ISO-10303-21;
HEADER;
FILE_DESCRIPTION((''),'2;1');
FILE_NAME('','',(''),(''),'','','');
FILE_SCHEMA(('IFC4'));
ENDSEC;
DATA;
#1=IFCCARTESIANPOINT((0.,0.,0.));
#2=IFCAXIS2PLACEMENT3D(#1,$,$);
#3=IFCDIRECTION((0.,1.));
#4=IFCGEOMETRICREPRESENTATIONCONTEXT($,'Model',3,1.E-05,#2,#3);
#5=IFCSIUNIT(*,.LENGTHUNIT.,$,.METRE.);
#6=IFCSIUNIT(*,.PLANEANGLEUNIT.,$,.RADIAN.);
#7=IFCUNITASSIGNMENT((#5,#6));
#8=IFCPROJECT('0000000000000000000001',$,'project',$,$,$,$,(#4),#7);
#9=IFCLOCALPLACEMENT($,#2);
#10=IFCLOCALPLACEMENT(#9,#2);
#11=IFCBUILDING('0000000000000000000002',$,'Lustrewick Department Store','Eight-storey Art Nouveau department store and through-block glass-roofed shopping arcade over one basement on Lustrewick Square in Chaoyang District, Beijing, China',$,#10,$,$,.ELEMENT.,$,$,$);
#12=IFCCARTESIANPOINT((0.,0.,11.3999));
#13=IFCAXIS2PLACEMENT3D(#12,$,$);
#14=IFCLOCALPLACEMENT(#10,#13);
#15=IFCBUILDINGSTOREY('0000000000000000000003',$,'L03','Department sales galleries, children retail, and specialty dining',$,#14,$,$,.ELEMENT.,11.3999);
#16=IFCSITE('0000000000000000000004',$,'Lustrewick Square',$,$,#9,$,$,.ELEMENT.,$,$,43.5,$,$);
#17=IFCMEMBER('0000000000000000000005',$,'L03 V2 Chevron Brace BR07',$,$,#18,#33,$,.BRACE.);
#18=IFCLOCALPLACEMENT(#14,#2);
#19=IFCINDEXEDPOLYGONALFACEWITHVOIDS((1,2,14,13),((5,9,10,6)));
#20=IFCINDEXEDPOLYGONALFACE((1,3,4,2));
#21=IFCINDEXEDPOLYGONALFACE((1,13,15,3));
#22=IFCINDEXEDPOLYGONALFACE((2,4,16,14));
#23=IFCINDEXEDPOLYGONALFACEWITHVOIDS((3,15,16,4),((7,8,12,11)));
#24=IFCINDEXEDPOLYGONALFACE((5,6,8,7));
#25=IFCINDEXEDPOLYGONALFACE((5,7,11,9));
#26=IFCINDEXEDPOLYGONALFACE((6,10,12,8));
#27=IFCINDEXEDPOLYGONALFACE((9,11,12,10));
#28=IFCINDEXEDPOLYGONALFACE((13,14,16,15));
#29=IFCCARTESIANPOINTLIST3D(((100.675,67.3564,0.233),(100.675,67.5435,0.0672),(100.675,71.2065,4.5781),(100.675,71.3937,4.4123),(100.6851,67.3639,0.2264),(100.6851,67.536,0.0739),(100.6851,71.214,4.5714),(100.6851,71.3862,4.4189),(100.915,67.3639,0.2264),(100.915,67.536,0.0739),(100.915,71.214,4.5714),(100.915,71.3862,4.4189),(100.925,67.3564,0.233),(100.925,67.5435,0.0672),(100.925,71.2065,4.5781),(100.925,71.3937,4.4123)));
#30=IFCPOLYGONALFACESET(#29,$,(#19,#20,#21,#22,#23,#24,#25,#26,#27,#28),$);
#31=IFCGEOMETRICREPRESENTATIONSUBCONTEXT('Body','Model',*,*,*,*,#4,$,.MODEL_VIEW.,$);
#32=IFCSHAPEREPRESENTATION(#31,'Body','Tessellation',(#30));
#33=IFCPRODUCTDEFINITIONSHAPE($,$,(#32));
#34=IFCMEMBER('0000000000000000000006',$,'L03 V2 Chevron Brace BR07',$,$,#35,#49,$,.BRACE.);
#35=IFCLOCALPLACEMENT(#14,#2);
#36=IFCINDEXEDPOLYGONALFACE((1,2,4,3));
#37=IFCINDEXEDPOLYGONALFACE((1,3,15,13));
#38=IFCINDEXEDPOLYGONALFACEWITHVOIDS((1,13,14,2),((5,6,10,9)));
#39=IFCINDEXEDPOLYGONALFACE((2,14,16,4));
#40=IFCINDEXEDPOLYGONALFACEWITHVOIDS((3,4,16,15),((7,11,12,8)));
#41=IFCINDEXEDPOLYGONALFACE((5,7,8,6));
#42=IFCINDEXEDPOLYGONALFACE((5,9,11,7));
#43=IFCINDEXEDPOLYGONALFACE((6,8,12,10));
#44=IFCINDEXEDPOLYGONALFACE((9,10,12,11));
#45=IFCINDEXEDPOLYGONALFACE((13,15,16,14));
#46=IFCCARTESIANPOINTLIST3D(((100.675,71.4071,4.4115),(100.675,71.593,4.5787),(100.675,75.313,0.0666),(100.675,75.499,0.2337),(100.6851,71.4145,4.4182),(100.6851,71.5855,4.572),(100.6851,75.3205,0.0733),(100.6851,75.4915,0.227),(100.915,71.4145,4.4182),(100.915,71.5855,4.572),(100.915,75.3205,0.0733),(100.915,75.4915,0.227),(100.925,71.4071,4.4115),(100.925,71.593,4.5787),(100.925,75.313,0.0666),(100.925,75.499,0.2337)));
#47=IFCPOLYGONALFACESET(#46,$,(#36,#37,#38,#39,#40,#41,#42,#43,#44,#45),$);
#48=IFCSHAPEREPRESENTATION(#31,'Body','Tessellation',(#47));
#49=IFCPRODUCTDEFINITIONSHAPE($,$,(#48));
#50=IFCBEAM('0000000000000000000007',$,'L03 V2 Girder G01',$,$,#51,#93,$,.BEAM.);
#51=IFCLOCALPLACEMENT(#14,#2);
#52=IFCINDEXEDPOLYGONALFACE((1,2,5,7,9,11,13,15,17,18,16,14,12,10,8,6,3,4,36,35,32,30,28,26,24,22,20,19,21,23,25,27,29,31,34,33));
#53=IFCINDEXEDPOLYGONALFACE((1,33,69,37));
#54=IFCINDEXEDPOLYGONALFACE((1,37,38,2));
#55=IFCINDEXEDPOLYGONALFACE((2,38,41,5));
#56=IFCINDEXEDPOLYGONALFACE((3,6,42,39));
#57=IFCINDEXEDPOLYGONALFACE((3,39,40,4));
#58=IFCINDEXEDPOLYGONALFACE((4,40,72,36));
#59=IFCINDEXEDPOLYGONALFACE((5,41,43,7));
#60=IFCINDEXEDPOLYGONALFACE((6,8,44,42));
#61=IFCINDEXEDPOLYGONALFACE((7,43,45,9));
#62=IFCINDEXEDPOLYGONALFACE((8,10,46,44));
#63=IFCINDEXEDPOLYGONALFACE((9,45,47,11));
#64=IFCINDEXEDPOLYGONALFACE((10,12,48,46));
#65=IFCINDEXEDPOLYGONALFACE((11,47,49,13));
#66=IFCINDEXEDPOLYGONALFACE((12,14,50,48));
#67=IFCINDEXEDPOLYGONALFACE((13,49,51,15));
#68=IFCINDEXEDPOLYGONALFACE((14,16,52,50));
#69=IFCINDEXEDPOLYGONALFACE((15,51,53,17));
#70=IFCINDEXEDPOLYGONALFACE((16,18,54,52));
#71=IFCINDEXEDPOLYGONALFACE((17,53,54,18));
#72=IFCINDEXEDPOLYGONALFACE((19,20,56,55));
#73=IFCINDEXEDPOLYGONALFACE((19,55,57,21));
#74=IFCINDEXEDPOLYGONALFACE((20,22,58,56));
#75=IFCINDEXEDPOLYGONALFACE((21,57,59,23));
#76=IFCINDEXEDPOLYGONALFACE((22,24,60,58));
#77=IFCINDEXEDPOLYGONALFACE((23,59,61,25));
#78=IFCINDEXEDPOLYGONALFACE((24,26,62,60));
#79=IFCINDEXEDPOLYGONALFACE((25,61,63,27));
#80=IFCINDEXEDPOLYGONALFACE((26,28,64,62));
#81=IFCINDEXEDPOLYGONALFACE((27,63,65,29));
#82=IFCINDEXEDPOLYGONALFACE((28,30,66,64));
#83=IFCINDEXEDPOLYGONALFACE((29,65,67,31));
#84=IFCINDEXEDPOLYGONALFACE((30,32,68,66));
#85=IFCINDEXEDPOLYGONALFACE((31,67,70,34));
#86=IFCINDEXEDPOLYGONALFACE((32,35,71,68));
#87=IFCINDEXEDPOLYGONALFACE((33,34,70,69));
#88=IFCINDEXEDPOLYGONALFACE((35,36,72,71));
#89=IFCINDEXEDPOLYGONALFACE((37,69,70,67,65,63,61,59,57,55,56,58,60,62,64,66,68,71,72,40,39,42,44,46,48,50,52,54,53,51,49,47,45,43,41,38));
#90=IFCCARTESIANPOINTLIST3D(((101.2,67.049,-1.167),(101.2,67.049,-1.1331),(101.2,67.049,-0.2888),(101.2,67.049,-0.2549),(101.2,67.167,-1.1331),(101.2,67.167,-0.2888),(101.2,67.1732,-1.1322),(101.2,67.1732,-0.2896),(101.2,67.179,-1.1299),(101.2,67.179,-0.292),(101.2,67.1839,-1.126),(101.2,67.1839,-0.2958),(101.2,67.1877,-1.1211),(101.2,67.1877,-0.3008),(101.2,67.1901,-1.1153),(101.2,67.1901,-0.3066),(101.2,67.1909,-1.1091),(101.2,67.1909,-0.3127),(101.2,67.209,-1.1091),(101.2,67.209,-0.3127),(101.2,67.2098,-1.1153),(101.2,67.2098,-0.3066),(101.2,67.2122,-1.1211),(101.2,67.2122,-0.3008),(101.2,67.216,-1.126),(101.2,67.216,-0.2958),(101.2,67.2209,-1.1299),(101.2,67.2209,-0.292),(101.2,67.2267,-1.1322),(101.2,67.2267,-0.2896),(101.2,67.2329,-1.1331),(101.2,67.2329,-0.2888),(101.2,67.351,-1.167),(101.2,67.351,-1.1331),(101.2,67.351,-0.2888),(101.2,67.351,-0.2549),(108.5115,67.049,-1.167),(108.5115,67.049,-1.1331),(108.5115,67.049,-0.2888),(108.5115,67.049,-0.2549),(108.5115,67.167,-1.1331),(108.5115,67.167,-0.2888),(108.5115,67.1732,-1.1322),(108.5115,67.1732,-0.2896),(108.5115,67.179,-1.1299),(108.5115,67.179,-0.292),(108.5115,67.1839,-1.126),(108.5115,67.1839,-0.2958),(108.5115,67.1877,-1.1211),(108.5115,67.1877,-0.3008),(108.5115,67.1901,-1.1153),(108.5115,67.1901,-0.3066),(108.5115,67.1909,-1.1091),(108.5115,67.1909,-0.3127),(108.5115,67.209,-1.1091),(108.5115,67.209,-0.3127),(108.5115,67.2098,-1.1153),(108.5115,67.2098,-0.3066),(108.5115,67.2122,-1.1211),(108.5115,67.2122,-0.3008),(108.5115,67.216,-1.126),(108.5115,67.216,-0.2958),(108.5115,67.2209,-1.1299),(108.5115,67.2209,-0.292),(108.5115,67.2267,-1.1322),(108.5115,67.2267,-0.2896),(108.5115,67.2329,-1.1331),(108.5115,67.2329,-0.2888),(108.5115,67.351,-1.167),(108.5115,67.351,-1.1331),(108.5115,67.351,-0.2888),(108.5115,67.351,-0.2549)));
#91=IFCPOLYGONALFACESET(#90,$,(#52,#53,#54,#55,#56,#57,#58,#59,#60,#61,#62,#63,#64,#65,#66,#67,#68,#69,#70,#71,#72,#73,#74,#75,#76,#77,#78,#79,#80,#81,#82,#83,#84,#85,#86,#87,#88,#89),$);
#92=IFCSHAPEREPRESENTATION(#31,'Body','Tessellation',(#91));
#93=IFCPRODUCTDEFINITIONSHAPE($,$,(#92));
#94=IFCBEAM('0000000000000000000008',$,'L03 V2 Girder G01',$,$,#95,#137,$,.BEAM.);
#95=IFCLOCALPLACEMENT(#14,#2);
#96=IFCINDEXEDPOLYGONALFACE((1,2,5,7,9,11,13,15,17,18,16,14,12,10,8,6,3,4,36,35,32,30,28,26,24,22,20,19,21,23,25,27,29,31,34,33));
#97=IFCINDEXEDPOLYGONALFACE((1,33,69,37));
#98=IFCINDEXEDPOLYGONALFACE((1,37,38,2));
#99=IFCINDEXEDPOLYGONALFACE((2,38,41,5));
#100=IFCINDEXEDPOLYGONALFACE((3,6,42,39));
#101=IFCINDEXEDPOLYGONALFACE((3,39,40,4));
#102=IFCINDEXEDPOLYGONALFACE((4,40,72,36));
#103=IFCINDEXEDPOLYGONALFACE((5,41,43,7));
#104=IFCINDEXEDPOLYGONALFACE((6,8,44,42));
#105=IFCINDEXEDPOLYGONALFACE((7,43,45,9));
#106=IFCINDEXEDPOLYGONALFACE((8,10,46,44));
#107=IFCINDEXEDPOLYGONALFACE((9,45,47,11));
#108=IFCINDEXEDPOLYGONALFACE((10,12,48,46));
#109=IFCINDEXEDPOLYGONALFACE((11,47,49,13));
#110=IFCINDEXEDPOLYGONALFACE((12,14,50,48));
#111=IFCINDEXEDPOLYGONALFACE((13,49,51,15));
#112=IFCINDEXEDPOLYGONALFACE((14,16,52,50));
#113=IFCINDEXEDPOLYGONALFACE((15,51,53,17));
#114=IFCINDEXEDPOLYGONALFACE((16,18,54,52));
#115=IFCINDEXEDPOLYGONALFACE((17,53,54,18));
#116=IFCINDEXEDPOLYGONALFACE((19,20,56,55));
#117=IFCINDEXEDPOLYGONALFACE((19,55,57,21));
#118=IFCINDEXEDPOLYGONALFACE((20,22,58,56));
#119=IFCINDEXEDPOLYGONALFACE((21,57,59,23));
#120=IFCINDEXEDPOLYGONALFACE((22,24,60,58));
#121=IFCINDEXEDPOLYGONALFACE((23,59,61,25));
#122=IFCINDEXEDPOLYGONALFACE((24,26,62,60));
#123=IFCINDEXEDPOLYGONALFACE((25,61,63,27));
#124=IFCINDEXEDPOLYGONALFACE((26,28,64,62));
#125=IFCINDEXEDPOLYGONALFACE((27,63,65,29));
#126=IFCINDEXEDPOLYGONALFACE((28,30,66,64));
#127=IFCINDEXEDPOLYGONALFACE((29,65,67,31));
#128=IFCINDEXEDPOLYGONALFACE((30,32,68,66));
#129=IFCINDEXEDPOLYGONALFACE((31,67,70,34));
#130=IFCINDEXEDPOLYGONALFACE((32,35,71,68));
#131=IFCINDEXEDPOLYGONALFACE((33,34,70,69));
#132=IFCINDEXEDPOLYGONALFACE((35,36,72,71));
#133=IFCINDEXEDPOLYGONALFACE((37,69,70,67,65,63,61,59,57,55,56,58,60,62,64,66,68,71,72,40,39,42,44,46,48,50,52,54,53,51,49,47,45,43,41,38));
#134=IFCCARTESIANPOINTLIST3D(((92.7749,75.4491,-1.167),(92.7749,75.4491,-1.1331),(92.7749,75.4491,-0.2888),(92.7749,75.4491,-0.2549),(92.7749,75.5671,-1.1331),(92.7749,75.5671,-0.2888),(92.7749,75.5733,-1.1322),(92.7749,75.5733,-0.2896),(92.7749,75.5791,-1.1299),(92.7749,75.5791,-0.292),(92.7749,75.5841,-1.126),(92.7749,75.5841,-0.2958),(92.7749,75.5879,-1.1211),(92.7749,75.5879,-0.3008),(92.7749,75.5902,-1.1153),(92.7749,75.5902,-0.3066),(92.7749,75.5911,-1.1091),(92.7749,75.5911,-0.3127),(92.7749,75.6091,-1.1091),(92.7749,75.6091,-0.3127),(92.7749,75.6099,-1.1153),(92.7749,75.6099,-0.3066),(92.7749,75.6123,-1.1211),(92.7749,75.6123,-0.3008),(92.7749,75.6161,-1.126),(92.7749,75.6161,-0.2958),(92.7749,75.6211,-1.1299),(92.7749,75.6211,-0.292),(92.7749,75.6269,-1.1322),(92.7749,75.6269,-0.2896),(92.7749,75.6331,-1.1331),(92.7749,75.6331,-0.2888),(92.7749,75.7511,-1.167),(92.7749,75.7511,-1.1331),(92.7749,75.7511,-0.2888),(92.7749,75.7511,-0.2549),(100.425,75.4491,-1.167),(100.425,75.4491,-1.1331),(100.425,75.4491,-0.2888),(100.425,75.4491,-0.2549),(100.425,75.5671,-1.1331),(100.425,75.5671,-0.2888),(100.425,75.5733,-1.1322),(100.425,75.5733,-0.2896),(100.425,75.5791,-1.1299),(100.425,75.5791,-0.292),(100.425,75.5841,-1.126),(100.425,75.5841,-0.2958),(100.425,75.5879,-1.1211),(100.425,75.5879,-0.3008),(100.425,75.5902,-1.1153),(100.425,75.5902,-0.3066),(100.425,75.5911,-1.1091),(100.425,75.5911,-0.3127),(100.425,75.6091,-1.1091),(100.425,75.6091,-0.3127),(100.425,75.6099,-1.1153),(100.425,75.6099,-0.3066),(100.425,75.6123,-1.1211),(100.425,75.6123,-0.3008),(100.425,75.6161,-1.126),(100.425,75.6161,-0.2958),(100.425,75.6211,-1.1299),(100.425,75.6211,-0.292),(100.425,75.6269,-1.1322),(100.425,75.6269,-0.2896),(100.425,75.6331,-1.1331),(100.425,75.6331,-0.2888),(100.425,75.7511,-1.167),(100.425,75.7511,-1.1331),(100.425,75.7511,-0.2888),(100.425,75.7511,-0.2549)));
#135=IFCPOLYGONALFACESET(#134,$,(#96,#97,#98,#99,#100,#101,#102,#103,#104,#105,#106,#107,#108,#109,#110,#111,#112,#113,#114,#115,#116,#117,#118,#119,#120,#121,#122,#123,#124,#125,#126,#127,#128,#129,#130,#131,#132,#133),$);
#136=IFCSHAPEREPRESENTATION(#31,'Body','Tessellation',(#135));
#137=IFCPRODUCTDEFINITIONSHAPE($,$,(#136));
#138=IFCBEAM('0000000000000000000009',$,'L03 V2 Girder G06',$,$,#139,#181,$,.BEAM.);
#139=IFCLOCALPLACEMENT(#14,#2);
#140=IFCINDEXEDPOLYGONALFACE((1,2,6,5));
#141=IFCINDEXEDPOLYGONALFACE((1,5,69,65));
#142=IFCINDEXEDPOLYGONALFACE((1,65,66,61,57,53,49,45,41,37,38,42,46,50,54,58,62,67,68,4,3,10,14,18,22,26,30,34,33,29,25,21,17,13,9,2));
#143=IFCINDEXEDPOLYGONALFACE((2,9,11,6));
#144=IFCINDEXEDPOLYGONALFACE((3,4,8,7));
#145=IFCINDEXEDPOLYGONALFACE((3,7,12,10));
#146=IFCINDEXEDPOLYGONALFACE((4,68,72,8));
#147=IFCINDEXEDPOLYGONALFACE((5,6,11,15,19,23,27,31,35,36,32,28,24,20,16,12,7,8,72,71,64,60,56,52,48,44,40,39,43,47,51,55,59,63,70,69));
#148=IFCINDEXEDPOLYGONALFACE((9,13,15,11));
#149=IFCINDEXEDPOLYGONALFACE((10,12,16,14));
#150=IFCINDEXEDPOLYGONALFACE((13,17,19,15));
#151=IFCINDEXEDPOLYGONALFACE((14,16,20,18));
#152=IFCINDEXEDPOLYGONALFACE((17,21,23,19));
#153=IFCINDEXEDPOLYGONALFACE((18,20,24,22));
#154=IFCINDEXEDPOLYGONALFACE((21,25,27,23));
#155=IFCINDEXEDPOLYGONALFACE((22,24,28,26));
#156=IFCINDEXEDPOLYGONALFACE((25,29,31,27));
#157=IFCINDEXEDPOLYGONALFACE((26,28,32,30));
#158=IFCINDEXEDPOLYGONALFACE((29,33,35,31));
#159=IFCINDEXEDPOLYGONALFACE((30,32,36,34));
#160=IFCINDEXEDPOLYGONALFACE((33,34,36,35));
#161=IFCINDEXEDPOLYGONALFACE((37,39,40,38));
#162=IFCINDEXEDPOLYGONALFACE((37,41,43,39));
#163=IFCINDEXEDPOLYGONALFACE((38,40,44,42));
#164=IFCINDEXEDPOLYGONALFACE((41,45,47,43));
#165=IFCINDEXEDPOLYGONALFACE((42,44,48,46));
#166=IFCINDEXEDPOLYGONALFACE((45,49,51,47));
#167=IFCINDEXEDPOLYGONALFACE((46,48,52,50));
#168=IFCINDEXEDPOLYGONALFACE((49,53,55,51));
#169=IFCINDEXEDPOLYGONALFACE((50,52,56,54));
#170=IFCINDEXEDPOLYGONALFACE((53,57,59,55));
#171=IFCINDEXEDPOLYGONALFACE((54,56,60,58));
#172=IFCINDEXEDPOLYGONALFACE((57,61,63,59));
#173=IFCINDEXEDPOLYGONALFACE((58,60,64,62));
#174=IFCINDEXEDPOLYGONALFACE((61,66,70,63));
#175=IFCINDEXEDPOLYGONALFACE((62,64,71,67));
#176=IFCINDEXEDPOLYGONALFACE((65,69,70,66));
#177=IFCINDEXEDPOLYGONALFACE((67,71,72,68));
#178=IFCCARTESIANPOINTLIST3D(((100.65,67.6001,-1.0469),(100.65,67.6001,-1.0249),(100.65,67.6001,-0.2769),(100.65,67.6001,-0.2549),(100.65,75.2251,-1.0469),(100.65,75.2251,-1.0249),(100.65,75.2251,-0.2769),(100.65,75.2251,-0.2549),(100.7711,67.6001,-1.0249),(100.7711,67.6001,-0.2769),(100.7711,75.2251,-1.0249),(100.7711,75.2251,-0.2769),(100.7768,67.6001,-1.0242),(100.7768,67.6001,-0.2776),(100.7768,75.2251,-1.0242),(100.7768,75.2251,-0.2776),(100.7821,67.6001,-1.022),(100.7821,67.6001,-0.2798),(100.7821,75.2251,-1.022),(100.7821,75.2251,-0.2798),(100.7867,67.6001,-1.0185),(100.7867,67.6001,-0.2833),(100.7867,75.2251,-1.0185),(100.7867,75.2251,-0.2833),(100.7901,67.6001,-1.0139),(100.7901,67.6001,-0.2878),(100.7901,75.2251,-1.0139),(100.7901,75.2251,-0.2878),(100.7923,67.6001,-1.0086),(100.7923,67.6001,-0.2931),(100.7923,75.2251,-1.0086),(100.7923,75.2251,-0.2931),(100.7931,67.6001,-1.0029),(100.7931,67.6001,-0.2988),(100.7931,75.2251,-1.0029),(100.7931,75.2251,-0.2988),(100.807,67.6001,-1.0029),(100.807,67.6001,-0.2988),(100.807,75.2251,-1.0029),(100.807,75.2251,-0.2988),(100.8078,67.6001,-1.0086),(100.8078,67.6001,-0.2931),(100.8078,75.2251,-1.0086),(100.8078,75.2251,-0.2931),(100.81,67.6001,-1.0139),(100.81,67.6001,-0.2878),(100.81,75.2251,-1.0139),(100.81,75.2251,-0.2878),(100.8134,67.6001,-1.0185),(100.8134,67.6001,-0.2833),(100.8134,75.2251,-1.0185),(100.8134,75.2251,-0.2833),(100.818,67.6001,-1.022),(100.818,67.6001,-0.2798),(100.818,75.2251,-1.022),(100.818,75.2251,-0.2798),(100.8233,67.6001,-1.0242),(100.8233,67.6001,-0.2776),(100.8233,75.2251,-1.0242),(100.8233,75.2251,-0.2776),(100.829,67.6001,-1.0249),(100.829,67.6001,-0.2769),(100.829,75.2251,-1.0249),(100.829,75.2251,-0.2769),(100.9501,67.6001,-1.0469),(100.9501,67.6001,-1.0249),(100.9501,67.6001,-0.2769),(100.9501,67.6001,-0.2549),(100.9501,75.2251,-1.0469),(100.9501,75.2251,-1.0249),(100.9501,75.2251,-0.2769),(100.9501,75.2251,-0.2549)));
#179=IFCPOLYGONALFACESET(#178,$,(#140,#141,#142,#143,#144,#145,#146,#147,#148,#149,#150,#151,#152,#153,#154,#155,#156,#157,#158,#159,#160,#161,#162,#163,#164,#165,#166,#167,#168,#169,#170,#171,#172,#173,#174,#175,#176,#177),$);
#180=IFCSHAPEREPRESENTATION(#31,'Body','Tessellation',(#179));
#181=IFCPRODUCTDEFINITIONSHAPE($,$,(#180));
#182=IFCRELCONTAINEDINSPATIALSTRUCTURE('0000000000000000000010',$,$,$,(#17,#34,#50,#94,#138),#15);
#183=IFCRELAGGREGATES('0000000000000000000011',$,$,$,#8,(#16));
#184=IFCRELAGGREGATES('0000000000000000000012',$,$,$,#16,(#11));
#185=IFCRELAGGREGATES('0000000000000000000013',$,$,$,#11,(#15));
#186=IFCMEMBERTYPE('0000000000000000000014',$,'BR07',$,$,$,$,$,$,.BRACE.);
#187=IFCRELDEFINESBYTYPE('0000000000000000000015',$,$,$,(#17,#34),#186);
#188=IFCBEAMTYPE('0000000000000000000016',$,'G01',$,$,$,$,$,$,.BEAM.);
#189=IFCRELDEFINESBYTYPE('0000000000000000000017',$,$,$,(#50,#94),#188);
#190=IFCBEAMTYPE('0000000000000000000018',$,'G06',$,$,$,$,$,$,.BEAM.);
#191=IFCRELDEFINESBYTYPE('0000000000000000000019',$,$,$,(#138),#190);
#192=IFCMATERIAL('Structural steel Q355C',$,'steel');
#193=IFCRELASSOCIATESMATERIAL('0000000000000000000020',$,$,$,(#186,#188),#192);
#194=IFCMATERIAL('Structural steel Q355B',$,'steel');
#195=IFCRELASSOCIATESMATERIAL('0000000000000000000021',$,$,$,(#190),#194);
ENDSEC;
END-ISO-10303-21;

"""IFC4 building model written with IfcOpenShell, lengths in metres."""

from ifc_helpers import new_model, si_unit, direction, frame, origin, origin_2d, place, context, subcontext, project, spatial, hollow_rectangle, i_section, extrude, material, material_profile, profile_set, type_object, element, save


model = new_model("IFC4")

# Units and contexts
model_context = context("Model", 3, precision=1e-05, world=origin(), true_north=direction((0.0, 1.0)))
body_context = subcontext(model_context, "Body", "Model", "MODEL_VIEW")
ifc_project = project(units=[si_unit("LENGTHUNIT", "METRE"), si_unit("PLANEANGLEUNIT", "RADIAN")], contexts=[model_context])

# Site, building, storey
site_placement = place(None, origin())
site = spatial("IfcSite", under=ifc_project, at=site_placement, Name="Lustrewick Square", CompositionType="ELEMENT", RefElevation=43.5)
building_placement = place(site_placement, origin())
building = spatial("IfcBuilding", under=site, at=building_placement, Name="Lustrewick Department Store", Description="Eight-storey Art Nouveau department store and through-block glass-roofed shopping arcade over one basement on Lustrewick Square in Chaoyang District, Beijing, China", CompositionType="ELEMENT")
storey_placement = place(building_placement, frame((0.0, 0.0, 11.3999)))
storey = spatial("IfcBuildingStorey", under=building, at=storey_placement, Name="L03", Description="Department sales galleries, children retail, and specialty dining", CompositionType="ELEMENT", Elevation=11.3999)

# Shared definitions
ifc_material_1 = material(Name="Structural steel Q355B", Category="steel")
ifc_material_2 = material(Name="Structural steel Q355C", Category="steel")

# Members
ifc_material_profile_1 = material_profile(ifc_material_2, hollow_rectangle(XDim=0.25, YDim=0.25, WallThickness=0.01, at=origin_2d()), Name="SHS 250x250x10")
ifc_profile_set_1 = profile_set([ifc_material_profile_1], Name="Structural steel Q355C")
member_type = type_object("IfcMemberType", Name="BR07", PredefinedType="BRACE", material=ifc_profile_set_1)
member_1_placement = place(storey_placement, frame((100.8, 67.45, 0.1501), z_axis=(0.0, 0.663199, 0.748443), x_axis=(-1.0, 0.0, 0.0)))
element("IfcMember", 1, at=member_1_placement, inside=storey, type_object=member_type, Name="L03 V2 Chevron Brace BR07", PredefinedType="BRACE", context=body_context, shape_type="SweptSolid", body=[
    extrude(hollow_rectangle(XDim=0.25, YDim=0.25, WallThickness=0.01, at=origin_2d()), origin(), (0.0, 0.0, 1.0), 5.8054),
])
member_2_placement = place(storey_placement, frame((100.8, 75.406, 0.1501), z_axis=(0.0, -0.668542, 0.743674), x_axis=(1.0, 0.0, 0.0)))
element("IfcMember", 2, at=member_2_placement, inside=storey, type_object=member_type, Name="L03 V2 Chevron Brace BR07", PredefinedType="BRACE", context=body_context, shape_type="SweptSolid", body=[
    extrude(hollow_rectangle(XDim=0.25, YDim=0.25, WallThickness=0.01, at=origin_2d()), origin(), (0.0, 0.0, 1.0), 5.8425),
])

# Beams
ifc_material_profile_2 = material_profile(ifc_material_2, i_section(OverallWidth=0.302, OverallDepth=0.9121, WebThickness=0.0181, FlangeThickness=0.0339, FilletRadius=0.0239, at=origin_2d()), Name="HN 912x302x18x34")
ifc_profile_set_2 = profile_set([ifc_material_profile_2], Name="Structural steel Q355C")
beam_type_1 = type_object("IfcBeamType", Name="G01", PredefinedType="BEAM", material=ifc_profile_set_2)
beam_1_placement = place(storey_placement, frame((101.2, 67.2, -0.7109), z_axis=(1.0, 0.0, 0.0), x_axis=(0.0, 1.0, 0.0)))
element("IfcBeam", 3, at=beam_1_placement, inside=storey, type_object=beam_type_1, Name="L03 V2 Girder G01", PredefinedType="BEAM", context=body_context, shape_type="SweptSolid", body=[
    extrude(i_section(OverallWidth=0.302, OverallDepth=0.9121, WebThickness=0.0181, FlangeThickness=0.0339, FilletRadius=0.0239, at=origin_2d()), origin(), (0.0, 0.0, 1.0), 7.3115),
])
beam_2_placement = place(storey_placement, frame((92.7749, 75.6001, -0.7109), z_axis=(1.0, 0.0, 0.0), x_axis=(0.0, 1.0, 0.0)))
element("IfcBeam", 4, at=beam_2_placement, inside=storey, type_object=beam_type_1, Name="L03 V2 Girder G01", PredefinedType="BEAM", context=body_context, shape_type="SweptSolid", body=[
    extrude(i_section(OverallWidth=0.302, OverallDepth=0.9121, WebThickness=0.0181, FlangeThickness=0.0339, FilletRadius=0.0239, at=origin_2d()), origin(), (0.0, 0.0, 1.0), 7.6501),
])
ifc_material_profile_3 = material_profile(ifc_material_1, i_section(OverallWidth=0.3, OverallDepth=0.792, WebThickness=0.0139, FlangeThickness=0.022, FilletRadius=0.022, at=origin_2d()), Name="HN 792x300x14x22")
ifc_profile_set_3 = profile_set([ifc_material_profile_3], Name="Structural steel Q355B")
beam_type_2 = type_object("IfcBeamType", Name="G06", PredefinedType="BEAM", material=ifc_profile_set_3)
beam_3_placement = place(storey_placement, frame((100.8, 67.6001, -0.6509), z_axis=(0.0, 1.0, 0.0), x_axis=(-1.0, 0.0, 0.0)))
element("IfcBeam", 5, at=beam_3_placement, inside=storey, type_object=beam_type_2, Name="L03 V2 Girder G06", PredefinedType="BEAM", context=body_context, shape_type="SweptSolid", body=[
    extrude(i_section(OverallWidth=0.3, OverallDepth=0.792, WebThickness=0.0139, FlangeThickness=0.022, FilletRadius=0.022, at=origin_2d()), origin(), (0.0, 0.0, 1.0), 7.625),
])

save(model, "model.ifc")
